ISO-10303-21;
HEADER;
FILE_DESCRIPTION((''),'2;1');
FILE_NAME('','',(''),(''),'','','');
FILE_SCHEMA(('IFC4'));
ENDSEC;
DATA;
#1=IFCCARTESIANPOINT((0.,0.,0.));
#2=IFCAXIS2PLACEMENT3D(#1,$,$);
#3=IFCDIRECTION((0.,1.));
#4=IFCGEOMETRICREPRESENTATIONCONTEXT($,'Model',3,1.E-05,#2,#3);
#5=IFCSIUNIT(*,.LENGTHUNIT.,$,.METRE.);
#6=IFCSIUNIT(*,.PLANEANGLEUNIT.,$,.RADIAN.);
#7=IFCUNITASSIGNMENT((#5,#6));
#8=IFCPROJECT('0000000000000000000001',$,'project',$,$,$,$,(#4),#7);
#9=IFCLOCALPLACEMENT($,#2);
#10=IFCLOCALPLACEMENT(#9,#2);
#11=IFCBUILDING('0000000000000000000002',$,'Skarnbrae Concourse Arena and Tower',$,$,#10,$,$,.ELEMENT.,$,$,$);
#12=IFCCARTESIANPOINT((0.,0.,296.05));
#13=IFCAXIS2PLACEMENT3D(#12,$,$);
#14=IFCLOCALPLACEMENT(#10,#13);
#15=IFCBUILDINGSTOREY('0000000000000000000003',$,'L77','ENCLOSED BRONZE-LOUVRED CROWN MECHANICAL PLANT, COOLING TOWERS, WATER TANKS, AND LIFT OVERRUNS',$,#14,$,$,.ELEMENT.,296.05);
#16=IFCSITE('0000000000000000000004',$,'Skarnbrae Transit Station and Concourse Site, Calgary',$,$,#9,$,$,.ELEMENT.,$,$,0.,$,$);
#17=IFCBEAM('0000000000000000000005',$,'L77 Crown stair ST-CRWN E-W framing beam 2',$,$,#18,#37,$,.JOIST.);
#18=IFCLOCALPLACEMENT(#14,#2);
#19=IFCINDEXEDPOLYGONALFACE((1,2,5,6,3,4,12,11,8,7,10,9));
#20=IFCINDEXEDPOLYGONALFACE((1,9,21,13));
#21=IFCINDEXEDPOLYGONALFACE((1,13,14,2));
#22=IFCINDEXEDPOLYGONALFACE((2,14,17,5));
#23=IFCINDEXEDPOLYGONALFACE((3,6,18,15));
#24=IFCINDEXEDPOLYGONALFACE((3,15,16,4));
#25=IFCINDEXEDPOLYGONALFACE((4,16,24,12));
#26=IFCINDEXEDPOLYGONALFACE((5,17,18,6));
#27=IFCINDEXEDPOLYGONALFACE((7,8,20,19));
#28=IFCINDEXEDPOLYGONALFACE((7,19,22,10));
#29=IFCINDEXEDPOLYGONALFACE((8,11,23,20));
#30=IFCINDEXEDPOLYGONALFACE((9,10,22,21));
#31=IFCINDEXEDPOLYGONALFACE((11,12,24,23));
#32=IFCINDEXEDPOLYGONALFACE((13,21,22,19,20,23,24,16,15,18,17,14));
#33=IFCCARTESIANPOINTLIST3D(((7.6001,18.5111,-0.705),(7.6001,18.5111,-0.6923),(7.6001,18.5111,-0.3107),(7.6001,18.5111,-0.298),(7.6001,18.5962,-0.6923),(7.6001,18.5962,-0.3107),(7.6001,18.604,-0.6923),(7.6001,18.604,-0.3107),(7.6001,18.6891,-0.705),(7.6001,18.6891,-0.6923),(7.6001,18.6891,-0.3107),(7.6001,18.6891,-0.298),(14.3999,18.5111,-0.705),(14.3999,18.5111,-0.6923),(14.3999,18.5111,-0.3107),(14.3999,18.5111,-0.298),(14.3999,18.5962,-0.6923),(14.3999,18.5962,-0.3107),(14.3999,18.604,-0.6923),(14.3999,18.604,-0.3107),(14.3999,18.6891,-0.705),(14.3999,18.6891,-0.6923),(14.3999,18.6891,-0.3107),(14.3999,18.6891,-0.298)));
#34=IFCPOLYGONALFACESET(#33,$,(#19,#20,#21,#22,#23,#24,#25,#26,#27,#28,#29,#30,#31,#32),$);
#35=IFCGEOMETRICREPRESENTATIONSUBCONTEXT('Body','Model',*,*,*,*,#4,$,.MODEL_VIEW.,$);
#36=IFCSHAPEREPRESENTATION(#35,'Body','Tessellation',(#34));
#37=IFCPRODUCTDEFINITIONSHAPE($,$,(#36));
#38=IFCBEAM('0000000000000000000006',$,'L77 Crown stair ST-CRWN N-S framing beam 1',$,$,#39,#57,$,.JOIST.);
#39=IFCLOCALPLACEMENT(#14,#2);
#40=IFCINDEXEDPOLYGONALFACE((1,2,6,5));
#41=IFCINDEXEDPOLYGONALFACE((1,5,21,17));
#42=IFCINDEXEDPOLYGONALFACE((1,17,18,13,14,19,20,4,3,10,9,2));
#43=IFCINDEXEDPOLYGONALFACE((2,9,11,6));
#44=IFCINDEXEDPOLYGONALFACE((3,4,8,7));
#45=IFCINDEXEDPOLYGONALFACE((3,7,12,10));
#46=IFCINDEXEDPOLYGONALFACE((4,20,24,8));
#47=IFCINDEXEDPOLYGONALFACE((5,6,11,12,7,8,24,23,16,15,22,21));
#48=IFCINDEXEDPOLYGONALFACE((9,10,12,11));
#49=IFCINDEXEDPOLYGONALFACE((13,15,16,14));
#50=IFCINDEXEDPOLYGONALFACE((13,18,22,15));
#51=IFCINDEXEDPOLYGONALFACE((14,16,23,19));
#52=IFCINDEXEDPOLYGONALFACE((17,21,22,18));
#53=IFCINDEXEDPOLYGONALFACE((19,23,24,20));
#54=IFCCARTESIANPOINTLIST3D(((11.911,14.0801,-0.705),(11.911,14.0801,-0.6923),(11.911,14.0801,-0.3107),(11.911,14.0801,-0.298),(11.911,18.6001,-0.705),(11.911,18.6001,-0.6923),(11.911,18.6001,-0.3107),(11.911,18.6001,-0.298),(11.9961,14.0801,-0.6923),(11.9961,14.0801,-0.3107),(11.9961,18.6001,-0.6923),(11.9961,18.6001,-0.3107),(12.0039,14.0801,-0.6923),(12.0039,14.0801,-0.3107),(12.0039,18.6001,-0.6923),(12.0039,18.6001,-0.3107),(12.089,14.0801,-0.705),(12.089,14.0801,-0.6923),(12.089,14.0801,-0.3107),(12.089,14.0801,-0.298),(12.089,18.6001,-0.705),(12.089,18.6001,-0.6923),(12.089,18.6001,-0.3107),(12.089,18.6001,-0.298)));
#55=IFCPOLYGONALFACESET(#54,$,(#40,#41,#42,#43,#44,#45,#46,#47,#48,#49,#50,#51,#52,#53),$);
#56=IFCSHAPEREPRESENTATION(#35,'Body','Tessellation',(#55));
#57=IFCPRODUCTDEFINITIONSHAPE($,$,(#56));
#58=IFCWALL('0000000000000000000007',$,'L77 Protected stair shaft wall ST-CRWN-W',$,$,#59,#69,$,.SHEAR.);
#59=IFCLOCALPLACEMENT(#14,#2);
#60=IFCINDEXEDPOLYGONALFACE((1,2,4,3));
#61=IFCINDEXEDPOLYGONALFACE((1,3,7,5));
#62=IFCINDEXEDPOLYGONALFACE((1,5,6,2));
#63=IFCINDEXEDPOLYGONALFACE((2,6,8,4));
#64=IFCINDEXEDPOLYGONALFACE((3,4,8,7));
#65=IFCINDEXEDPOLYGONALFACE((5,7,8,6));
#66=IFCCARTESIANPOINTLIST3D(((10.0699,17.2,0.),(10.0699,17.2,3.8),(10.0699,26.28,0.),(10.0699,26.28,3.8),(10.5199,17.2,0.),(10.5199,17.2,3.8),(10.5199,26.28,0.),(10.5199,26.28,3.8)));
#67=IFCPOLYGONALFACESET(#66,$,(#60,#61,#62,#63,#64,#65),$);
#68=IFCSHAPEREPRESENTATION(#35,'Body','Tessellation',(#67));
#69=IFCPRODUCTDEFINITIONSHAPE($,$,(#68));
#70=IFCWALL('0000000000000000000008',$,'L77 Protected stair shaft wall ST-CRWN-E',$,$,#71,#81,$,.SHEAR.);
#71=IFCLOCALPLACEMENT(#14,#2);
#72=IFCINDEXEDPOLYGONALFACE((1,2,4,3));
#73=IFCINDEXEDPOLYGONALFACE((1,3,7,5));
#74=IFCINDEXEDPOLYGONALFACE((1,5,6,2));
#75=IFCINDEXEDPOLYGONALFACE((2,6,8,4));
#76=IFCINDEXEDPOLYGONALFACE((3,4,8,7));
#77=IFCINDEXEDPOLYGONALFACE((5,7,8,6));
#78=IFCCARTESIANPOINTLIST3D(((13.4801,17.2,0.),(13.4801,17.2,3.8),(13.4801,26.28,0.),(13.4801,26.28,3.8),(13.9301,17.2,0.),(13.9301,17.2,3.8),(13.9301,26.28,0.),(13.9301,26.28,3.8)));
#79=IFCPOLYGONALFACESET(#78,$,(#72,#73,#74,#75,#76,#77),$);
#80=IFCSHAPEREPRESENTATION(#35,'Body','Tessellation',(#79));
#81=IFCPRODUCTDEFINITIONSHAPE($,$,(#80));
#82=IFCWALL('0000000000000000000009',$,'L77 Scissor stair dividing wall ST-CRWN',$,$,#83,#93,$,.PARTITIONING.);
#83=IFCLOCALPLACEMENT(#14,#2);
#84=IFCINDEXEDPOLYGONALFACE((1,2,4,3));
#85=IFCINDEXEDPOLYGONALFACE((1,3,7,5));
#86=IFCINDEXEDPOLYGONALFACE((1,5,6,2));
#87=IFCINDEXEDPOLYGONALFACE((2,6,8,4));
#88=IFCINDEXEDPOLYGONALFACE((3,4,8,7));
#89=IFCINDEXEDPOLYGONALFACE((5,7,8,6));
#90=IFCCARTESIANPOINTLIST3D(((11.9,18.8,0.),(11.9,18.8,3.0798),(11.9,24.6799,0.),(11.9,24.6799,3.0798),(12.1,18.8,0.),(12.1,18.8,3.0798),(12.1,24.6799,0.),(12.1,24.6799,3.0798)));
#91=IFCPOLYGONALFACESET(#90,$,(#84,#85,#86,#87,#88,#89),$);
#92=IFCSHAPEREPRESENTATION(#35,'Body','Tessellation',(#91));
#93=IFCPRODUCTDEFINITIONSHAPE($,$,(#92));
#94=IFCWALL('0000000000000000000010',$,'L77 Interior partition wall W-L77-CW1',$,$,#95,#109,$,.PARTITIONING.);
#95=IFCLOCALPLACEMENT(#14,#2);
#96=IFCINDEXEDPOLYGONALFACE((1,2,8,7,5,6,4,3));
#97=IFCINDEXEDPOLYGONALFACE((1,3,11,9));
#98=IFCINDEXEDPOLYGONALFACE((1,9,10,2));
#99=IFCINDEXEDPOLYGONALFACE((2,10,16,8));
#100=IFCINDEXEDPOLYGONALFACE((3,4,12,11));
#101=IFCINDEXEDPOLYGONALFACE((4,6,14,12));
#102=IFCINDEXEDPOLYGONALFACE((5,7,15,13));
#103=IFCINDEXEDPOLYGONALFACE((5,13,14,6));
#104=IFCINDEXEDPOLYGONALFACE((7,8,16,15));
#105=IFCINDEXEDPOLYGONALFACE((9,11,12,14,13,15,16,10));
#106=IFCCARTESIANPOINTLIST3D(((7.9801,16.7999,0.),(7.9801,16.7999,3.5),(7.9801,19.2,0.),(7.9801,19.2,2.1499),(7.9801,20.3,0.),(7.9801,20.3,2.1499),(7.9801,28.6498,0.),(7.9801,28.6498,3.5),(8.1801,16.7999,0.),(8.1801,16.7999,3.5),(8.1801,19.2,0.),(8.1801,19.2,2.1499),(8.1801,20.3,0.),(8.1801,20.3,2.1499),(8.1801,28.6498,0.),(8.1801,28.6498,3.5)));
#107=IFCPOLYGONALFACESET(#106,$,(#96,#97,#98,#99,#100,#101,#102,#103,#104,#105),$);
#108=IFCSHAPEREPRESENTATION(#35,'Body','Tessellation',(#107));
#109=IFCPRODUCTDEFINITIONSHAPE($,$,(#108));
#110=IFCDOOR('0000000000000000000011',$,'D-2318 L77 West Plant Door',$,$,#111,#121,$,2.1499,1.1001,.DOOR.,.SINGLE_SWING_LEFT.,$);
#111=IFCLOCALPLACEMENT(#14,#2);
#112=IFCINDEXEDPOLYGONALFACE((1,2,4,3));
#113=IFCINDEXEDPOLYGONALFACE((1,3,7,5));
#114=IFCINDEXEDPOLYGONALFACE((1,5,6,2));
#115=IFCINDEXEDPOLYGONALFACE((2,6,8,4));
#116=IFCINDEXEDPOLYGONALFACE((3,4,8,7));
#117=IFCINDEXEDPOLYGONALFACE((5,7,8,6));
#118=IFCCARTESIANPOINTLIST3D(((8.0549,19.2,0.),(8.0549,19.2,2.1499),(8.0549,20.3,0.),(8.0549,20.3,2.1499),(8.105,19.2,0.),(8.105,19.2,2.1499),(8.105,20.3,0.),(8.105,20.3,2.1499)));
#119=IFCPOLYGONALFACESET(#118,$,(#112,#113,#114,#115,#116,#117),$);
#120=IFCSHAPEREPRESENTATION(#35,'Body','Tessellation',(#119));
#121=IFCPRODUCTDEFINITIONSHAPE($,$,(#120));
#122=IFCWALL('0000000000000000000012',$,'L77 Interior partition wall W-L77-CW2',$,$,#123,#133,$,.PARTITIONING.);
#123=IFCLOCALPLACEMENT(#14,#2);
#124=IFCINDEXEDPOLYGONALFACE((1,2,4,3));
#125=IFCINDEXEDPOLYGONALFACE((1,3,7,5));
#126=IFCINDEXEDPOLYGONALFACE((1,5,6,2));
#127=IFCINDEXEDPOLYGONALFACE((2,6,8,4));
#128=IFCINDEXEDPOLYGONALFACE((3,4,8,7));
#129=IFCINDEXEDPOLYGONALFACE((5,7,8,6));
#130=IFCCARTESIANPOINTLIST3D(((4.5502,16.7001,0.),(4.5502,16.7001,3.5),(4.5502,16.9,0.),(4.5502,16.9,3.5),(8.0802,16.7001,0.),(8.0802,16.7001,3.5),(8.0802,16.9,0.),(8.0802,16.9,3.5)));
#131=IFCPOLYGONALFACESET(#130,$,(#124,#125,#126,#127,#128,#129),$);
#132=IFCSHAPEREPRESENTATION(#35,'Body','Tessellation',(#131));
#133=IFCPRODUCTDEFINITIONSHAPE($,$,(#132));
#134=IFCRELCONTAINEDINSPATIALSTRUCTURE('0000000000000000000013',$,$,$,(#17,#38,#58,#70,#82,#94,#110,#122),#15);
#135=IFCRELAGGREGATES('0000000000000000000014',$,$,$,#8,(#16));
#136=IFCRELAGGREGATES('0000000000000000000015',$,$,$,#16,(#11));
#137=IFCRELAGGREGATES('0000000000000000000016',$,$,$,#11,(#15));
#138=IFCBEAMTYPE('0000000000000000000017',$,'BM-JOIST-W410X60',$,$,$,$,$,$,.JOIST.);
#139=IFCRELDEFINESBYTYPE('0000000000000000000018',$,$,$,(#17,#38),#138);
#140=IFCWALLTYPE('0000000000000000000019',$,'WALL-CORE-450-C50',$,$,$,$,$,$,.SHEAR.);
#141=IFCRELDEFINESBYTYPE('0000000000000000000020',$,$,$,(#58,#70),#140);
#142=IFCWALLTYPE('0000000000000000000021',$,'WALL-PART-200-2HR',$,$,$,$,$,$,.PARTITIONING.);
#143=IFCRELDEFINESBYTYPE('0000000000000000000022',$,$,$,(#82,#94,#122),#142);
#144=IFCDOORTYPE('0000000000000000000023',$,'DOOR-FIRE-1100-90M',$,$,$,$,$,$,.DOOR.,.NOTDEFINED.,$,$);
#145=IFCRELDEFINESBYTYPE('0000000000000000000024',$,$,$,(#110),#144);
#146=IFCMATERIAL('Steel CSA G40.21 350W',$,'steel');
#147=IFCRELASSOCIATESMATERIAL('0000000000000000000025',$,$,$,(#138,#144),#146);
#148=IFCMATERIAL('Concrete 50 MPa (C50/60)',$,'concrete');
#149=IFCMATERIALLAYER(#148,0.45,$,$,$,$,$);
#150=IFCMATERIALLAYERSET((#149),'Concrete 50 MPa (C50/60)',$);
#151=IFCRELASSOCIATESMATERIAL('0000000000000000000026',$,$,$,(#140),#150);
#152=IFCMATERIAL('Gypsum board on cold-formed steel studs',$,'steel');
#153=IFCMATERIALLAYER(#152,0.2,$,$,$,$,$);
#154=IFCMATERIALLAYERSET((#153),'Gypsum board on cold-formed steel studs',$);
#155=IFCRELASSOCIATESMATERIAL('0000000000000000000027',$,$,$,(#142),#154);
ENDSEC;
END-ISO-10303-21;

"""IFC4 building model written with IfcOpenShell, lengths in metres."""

from ifc_helpers import new_model, si_unit, direction, frame, frame_2d, origin, origin_2d, place, context, subcontext, project, spatial, rectangle, i_section, extrude, source, transform, mapped, material, layer, layer_set, material_profile, profile_set, type_object, element, fill, save


model = new_model("IFC4")

# Units and contexts
model_context = context("Model", 3, precision=1e-05, world=origin(), true_north=direction((0.0, 1.0)))
body_context = subcontext(model_context, "Body", "Model", "MODEL_VIEW")
ifc_project = project(units=[si_unit("LENGTHUNIT", "METRE"), si_unit("PLANEANGLEUNIT", "RADIAN")], contexts=[model_context])

# Site, building, storey
site_placement = place(None, origin())
site = spatial("IfcSite", under=ifc_project, at=site_placement, Name="Skarnbrae Transit Station and Concourse Site, Calgary", CompositionType="ELEMENT", RefElevation=0.0)
building_placement = place(site_placement, origin())
building = spatial("IfcBuilding", under=site, at=building_placement, Name="Skarnbrae Concourse Arena and Tower", CompositionType="ELEMENT")
storey_placement = place(building_placement, frame((0.0, 0.0, 296.05)))
storey = spatial("IfcBuildingStorey", under=building, at=storey_placement, Name="L77", Description="ENCLOSED BRONZE-LOUVRED CROWN MECHANICAL PLANT, COOLING TOWERS, WATER TANKS, AND LIFT OVERRUNS", CompositionType="ELEMENT", Elevation=296.05)

# Shared definitions
ifc_material_1 = material(Name="Steel CSA G40.21 350W", Category="steel")

# Beams
ifc_material_profile_1 = material_profile(ifc_material_1, i_section(OverallWidth=0.178, OverallDepth=0.407, WebThickness=0.0078, FlangeThickness=0.0127, at=origin_2d()), Name="W410X60")
ifc_profile_set_1 = profile_set([ifc_material_profile_1], Name="Steel CSA G40.21 350W")
beam_type_1 = type_object("IfcBeamType", Name="BM-JOIST-W410X60", PredefinedType="JOIST", material=ifc_profile_set_1)
shared_shape_1 = source(origin(), body_context, "Body", "SweptSolid", [
    extrude(i_section(OverallWidth=0.178, OverallDepth=0.407, WebThickness=0.0078, FlangeThickness=0.0127, at=origin_2d()), origin(), (0.0, 0.0, 1.0), 6.7998),
])
for number, where, z_axis, x_axis, name in (
    (1, (7.6001, 18.6001, -0.5015), (1.0, 0.0, 0.0), (0.0, 1.0, 0.0), "L77 Crown stair ST-CRWN E-W framing beam 2"),
):
    element("IfcBeam", number, at=place(storey_placement, frame(where, z_axis=z_axis, x_axis=x_axis)), inside=storey, type_object=beam_type_1, Name=name, PredefinedType="JOIST", context=body_context, shape_type="MappedRepresentation", body=[
        mapped(shared_shape_1, transform((0.0, 0.0, 0.0))),
    ])
shared_shape_2 = source(origin(), body_context, "Body", "SweptSolid", [
    extrude(i_section(OverallWidth=0.178, OverallDepth=0.407, WebThickness=0.0078, FlangeThickness=0.0127, at=origin_2d()), origin(), (0.0, 0.0, 1.0), 4.52),
])
beam_1_placement = place(storey_placement, frame((12.0, 14.0801, -0.5015), z_axis=(0.0, 1.0, 0.0), x_axis=(-1.0, 0.0, 0.0)))
element("IfcBeam", 2, at=beam_1_placement, inside=storey, type_object=beam_type_1, Name="L77 Crown stair ST-CRWN N-S framing beam 1", PredefinedType="JOIST", context=body_context, shape_type="MappedRepresentation", body=[
    mapped(shared_shape_2, transform((0.0, 0.0, 0.0))),
])

# Shared definitions
ifc_material_2 = material(Name="Concrete 50 MPa (C50/60)", Category="concrete")
ifc_layer_1 = layer(ifc_material_2, 0.45)
ifc_layer_set_1 = layer_set([ifc_layer_1], Name="Concrete 50 MPa (C50/60)")
wall_type_1 = type_object("IfcWallType", Name="WALL-CORE-450-C50", PredefinedType="SHEAR", material=ifc_layer_set_1)
door_type = type_object("IfcDoorType", Name="DOOR-FIRE-1100-90M", OperationType="NOTDEFINED", PredefinedType="DOOR", material=ifc_material_1)
shared_shape_3 = source(origin(), body_context, "Body", "SweptSolid", [
    extrude(rectangle(XDim=1.1001, YDim=2.1499, at=frame_2d((0.55, 1.075))), frame((0.0, 0.0249, 0.0), z_axis=(0.0, -1.0, 0.0), x_axis=(1.0, 0.0, 0.0)), (0.0, 0.0, 1.0), 0.05),
])

# Walls
shared_shape_4 = source(origin(), body_context, "Body", "SweptSolid", [
    extrude(rectangle(XDim=9.0801, YDim=0.45, at=frame_2d((4.54, 0.0))), origin(), (0.0, 0.0, 1.0), 3.8),
])
for number, where, z_axis, x_axis, name in (
    (3, (10.2949, 17.2, 0.0), (0.0, 0.0, 1.0), (0.0, 1.0, 0.0), "L77 Protected stair shaft wall ST-CRWN-W"),
    (4, (13.7051, 17.2, 0.0), (0.0, 0.0, 1.0), (0.0, 1.0, 0.0), "L77 Protected stair shaft wall ST-CRWN-E"),
):
    element("IfcWall", number, at=place(storey_placement, frame(where, z_axis=z_axis, x_axis=x_axis)), inside=storey, type_object=wall_type_1, Name=name, PredefinedType="SHEAR", context=body_context, shape_type="MappedRepresentation", body=[
        mapped(shared_shape_4, transform((0.0, 0.0, 0.0))),
    ])
ifc_material_3 = material(Name="Gypsum board on cold-formed steel studs", Category="steel")
ifc_layer_2 = layer(ifc_material_3, 0.2)
ifc_layer_set_2 = layer_set([ifc_layer_2], Name="Gypsum board on cold-formed steel studs")
wall_type_2 = type_object("IfcWallType", Name="WALL-PART-200-2HR", PredefinedType="PARTITIONING", material=ifc_layer_set_2)
shared_shape_5 = source(origin(), body_context, "Body", "SweptSolid", [
    extrude(rectangle(XDim=5.8799, YDim=0.2, at=frame_2d((2.9399, 0.0))), origin(), (0.0, 0.0, 1.0), 3.0798),
])
wall_1_placement = place(storey_placement, frame((12.0, 18.8, 0.0), z_axis=(0.0, 0.0, 1.0), x_axis=(0.0, 1.0, 0.0)))
element("IfcWall", 5, at=wall_1_placement, inside=storey, type_object=wall_type_2, Name="L77 Scissor stair dividing wall ST-CRWN", PredefinedType="PARTITIONING", context=body_context, shape_type="MappedRepresentation", body=[
    mapped(shared_shape_5, transform((0.0, 0.0, 0.0))),
])

# Wall, opening, door
shared_shape_6 = source(origin(), body_context, "Body", "SweptSolid", [
    extrude(rectangle(XDim=11.8499, YDim=0.2, at=frame_2d((5.9248, 0.0))), origin(), (0.0, 0.0, 1.0), 3.5),
])
wall_2_placement = place(storey_placement, frame((8.0801, 16.8, 0.0), z_axis=(0.0, 0.0, 1.0), x_axis=(0.0, 1.0, 0.0)))
wall_2 = element("IfcWall", 6, at=wall_2_placement, inside=storey, type_object=wall_type_2, Name="L77 Interior partition wall W-L77-CW1", PredefinedType="PARTITIONING", context=body_context, shape_type="MappedRepresentation", body=[
    mapped(shared_shape_6, transform((0.0, 0.0, 0.0))),
])
opening_1_placement = place(wall_2_placement, frame((2.3999, 0.0, 0.0)))
opening_1 = element("IfcOpeningElement", 7, at=opening_1_placement, cuts=wall_2, PredefinedType="OPENING", context=body_context, shape_type="SweptSolid", body=[
    extrude(rectangle(XDim=1.1001, YDim=2.1499, at=frame_2d((0.55, 1.075))), frame((0.0, 0.1099, 0.0), z_axis=(0.0, -1.0, 0.0), x_axis=(1.0, 0.0, 0.0)), (0.0, 0.0, 1.0), 0.22),
])
door_1_placement = place(opening_1_placement, frame((1.1001, 0.0, 0.0), z_axis=(0.0, 0.0, 1.0), x_axis=(-1.0, 0.0, 0.0)))
door_1 = element("IfcDoor", 8, at=door_1_placement, inside=storey, type_object=door_type, Name="D-2318 L77 West Plant Door", OperationType="SINGLE_SWING_LEFT", OverallHeight=2.1499, OverallWidth=1.1001, PredefinedType="DOOR", context=body_context, shape_type="MappedRepresentation", body=[
    mapped(shared_shape_3, transform((0.0, 0.0, 0.0))),
])
fill(opening_1, door_1)

# Wall
shared_shape_7 = source(origin(), body_context, "Body", "SweptSolid", [
    extrude(rectangle(XDim=3.53, YDim=0.2, at=frame_2d((1.7651, 0.0))), origin(), (0.0, 0.0, 1.0), 3.5),
])
wall_3_placement = place(storey_placement, frame((4.55, 16.8, 0.0), z_axis=(0.0, 0.0, 1.0), x_axis=(1.0, 0.0, 0.0)))
element("IfcWall", 9, at=wall_3_placement, inside=storey, type_object=wall_type_2, Name="L77 Interior partition wall W-L77-CW2", PredefinedType="PARTITIONING", context=body_context, shape_type="MappedRepresentation", body=[
    mapped(shared_shape_7, transform((0.0, 0.0, 0.0))),
])

save(model, "model.ifc")
